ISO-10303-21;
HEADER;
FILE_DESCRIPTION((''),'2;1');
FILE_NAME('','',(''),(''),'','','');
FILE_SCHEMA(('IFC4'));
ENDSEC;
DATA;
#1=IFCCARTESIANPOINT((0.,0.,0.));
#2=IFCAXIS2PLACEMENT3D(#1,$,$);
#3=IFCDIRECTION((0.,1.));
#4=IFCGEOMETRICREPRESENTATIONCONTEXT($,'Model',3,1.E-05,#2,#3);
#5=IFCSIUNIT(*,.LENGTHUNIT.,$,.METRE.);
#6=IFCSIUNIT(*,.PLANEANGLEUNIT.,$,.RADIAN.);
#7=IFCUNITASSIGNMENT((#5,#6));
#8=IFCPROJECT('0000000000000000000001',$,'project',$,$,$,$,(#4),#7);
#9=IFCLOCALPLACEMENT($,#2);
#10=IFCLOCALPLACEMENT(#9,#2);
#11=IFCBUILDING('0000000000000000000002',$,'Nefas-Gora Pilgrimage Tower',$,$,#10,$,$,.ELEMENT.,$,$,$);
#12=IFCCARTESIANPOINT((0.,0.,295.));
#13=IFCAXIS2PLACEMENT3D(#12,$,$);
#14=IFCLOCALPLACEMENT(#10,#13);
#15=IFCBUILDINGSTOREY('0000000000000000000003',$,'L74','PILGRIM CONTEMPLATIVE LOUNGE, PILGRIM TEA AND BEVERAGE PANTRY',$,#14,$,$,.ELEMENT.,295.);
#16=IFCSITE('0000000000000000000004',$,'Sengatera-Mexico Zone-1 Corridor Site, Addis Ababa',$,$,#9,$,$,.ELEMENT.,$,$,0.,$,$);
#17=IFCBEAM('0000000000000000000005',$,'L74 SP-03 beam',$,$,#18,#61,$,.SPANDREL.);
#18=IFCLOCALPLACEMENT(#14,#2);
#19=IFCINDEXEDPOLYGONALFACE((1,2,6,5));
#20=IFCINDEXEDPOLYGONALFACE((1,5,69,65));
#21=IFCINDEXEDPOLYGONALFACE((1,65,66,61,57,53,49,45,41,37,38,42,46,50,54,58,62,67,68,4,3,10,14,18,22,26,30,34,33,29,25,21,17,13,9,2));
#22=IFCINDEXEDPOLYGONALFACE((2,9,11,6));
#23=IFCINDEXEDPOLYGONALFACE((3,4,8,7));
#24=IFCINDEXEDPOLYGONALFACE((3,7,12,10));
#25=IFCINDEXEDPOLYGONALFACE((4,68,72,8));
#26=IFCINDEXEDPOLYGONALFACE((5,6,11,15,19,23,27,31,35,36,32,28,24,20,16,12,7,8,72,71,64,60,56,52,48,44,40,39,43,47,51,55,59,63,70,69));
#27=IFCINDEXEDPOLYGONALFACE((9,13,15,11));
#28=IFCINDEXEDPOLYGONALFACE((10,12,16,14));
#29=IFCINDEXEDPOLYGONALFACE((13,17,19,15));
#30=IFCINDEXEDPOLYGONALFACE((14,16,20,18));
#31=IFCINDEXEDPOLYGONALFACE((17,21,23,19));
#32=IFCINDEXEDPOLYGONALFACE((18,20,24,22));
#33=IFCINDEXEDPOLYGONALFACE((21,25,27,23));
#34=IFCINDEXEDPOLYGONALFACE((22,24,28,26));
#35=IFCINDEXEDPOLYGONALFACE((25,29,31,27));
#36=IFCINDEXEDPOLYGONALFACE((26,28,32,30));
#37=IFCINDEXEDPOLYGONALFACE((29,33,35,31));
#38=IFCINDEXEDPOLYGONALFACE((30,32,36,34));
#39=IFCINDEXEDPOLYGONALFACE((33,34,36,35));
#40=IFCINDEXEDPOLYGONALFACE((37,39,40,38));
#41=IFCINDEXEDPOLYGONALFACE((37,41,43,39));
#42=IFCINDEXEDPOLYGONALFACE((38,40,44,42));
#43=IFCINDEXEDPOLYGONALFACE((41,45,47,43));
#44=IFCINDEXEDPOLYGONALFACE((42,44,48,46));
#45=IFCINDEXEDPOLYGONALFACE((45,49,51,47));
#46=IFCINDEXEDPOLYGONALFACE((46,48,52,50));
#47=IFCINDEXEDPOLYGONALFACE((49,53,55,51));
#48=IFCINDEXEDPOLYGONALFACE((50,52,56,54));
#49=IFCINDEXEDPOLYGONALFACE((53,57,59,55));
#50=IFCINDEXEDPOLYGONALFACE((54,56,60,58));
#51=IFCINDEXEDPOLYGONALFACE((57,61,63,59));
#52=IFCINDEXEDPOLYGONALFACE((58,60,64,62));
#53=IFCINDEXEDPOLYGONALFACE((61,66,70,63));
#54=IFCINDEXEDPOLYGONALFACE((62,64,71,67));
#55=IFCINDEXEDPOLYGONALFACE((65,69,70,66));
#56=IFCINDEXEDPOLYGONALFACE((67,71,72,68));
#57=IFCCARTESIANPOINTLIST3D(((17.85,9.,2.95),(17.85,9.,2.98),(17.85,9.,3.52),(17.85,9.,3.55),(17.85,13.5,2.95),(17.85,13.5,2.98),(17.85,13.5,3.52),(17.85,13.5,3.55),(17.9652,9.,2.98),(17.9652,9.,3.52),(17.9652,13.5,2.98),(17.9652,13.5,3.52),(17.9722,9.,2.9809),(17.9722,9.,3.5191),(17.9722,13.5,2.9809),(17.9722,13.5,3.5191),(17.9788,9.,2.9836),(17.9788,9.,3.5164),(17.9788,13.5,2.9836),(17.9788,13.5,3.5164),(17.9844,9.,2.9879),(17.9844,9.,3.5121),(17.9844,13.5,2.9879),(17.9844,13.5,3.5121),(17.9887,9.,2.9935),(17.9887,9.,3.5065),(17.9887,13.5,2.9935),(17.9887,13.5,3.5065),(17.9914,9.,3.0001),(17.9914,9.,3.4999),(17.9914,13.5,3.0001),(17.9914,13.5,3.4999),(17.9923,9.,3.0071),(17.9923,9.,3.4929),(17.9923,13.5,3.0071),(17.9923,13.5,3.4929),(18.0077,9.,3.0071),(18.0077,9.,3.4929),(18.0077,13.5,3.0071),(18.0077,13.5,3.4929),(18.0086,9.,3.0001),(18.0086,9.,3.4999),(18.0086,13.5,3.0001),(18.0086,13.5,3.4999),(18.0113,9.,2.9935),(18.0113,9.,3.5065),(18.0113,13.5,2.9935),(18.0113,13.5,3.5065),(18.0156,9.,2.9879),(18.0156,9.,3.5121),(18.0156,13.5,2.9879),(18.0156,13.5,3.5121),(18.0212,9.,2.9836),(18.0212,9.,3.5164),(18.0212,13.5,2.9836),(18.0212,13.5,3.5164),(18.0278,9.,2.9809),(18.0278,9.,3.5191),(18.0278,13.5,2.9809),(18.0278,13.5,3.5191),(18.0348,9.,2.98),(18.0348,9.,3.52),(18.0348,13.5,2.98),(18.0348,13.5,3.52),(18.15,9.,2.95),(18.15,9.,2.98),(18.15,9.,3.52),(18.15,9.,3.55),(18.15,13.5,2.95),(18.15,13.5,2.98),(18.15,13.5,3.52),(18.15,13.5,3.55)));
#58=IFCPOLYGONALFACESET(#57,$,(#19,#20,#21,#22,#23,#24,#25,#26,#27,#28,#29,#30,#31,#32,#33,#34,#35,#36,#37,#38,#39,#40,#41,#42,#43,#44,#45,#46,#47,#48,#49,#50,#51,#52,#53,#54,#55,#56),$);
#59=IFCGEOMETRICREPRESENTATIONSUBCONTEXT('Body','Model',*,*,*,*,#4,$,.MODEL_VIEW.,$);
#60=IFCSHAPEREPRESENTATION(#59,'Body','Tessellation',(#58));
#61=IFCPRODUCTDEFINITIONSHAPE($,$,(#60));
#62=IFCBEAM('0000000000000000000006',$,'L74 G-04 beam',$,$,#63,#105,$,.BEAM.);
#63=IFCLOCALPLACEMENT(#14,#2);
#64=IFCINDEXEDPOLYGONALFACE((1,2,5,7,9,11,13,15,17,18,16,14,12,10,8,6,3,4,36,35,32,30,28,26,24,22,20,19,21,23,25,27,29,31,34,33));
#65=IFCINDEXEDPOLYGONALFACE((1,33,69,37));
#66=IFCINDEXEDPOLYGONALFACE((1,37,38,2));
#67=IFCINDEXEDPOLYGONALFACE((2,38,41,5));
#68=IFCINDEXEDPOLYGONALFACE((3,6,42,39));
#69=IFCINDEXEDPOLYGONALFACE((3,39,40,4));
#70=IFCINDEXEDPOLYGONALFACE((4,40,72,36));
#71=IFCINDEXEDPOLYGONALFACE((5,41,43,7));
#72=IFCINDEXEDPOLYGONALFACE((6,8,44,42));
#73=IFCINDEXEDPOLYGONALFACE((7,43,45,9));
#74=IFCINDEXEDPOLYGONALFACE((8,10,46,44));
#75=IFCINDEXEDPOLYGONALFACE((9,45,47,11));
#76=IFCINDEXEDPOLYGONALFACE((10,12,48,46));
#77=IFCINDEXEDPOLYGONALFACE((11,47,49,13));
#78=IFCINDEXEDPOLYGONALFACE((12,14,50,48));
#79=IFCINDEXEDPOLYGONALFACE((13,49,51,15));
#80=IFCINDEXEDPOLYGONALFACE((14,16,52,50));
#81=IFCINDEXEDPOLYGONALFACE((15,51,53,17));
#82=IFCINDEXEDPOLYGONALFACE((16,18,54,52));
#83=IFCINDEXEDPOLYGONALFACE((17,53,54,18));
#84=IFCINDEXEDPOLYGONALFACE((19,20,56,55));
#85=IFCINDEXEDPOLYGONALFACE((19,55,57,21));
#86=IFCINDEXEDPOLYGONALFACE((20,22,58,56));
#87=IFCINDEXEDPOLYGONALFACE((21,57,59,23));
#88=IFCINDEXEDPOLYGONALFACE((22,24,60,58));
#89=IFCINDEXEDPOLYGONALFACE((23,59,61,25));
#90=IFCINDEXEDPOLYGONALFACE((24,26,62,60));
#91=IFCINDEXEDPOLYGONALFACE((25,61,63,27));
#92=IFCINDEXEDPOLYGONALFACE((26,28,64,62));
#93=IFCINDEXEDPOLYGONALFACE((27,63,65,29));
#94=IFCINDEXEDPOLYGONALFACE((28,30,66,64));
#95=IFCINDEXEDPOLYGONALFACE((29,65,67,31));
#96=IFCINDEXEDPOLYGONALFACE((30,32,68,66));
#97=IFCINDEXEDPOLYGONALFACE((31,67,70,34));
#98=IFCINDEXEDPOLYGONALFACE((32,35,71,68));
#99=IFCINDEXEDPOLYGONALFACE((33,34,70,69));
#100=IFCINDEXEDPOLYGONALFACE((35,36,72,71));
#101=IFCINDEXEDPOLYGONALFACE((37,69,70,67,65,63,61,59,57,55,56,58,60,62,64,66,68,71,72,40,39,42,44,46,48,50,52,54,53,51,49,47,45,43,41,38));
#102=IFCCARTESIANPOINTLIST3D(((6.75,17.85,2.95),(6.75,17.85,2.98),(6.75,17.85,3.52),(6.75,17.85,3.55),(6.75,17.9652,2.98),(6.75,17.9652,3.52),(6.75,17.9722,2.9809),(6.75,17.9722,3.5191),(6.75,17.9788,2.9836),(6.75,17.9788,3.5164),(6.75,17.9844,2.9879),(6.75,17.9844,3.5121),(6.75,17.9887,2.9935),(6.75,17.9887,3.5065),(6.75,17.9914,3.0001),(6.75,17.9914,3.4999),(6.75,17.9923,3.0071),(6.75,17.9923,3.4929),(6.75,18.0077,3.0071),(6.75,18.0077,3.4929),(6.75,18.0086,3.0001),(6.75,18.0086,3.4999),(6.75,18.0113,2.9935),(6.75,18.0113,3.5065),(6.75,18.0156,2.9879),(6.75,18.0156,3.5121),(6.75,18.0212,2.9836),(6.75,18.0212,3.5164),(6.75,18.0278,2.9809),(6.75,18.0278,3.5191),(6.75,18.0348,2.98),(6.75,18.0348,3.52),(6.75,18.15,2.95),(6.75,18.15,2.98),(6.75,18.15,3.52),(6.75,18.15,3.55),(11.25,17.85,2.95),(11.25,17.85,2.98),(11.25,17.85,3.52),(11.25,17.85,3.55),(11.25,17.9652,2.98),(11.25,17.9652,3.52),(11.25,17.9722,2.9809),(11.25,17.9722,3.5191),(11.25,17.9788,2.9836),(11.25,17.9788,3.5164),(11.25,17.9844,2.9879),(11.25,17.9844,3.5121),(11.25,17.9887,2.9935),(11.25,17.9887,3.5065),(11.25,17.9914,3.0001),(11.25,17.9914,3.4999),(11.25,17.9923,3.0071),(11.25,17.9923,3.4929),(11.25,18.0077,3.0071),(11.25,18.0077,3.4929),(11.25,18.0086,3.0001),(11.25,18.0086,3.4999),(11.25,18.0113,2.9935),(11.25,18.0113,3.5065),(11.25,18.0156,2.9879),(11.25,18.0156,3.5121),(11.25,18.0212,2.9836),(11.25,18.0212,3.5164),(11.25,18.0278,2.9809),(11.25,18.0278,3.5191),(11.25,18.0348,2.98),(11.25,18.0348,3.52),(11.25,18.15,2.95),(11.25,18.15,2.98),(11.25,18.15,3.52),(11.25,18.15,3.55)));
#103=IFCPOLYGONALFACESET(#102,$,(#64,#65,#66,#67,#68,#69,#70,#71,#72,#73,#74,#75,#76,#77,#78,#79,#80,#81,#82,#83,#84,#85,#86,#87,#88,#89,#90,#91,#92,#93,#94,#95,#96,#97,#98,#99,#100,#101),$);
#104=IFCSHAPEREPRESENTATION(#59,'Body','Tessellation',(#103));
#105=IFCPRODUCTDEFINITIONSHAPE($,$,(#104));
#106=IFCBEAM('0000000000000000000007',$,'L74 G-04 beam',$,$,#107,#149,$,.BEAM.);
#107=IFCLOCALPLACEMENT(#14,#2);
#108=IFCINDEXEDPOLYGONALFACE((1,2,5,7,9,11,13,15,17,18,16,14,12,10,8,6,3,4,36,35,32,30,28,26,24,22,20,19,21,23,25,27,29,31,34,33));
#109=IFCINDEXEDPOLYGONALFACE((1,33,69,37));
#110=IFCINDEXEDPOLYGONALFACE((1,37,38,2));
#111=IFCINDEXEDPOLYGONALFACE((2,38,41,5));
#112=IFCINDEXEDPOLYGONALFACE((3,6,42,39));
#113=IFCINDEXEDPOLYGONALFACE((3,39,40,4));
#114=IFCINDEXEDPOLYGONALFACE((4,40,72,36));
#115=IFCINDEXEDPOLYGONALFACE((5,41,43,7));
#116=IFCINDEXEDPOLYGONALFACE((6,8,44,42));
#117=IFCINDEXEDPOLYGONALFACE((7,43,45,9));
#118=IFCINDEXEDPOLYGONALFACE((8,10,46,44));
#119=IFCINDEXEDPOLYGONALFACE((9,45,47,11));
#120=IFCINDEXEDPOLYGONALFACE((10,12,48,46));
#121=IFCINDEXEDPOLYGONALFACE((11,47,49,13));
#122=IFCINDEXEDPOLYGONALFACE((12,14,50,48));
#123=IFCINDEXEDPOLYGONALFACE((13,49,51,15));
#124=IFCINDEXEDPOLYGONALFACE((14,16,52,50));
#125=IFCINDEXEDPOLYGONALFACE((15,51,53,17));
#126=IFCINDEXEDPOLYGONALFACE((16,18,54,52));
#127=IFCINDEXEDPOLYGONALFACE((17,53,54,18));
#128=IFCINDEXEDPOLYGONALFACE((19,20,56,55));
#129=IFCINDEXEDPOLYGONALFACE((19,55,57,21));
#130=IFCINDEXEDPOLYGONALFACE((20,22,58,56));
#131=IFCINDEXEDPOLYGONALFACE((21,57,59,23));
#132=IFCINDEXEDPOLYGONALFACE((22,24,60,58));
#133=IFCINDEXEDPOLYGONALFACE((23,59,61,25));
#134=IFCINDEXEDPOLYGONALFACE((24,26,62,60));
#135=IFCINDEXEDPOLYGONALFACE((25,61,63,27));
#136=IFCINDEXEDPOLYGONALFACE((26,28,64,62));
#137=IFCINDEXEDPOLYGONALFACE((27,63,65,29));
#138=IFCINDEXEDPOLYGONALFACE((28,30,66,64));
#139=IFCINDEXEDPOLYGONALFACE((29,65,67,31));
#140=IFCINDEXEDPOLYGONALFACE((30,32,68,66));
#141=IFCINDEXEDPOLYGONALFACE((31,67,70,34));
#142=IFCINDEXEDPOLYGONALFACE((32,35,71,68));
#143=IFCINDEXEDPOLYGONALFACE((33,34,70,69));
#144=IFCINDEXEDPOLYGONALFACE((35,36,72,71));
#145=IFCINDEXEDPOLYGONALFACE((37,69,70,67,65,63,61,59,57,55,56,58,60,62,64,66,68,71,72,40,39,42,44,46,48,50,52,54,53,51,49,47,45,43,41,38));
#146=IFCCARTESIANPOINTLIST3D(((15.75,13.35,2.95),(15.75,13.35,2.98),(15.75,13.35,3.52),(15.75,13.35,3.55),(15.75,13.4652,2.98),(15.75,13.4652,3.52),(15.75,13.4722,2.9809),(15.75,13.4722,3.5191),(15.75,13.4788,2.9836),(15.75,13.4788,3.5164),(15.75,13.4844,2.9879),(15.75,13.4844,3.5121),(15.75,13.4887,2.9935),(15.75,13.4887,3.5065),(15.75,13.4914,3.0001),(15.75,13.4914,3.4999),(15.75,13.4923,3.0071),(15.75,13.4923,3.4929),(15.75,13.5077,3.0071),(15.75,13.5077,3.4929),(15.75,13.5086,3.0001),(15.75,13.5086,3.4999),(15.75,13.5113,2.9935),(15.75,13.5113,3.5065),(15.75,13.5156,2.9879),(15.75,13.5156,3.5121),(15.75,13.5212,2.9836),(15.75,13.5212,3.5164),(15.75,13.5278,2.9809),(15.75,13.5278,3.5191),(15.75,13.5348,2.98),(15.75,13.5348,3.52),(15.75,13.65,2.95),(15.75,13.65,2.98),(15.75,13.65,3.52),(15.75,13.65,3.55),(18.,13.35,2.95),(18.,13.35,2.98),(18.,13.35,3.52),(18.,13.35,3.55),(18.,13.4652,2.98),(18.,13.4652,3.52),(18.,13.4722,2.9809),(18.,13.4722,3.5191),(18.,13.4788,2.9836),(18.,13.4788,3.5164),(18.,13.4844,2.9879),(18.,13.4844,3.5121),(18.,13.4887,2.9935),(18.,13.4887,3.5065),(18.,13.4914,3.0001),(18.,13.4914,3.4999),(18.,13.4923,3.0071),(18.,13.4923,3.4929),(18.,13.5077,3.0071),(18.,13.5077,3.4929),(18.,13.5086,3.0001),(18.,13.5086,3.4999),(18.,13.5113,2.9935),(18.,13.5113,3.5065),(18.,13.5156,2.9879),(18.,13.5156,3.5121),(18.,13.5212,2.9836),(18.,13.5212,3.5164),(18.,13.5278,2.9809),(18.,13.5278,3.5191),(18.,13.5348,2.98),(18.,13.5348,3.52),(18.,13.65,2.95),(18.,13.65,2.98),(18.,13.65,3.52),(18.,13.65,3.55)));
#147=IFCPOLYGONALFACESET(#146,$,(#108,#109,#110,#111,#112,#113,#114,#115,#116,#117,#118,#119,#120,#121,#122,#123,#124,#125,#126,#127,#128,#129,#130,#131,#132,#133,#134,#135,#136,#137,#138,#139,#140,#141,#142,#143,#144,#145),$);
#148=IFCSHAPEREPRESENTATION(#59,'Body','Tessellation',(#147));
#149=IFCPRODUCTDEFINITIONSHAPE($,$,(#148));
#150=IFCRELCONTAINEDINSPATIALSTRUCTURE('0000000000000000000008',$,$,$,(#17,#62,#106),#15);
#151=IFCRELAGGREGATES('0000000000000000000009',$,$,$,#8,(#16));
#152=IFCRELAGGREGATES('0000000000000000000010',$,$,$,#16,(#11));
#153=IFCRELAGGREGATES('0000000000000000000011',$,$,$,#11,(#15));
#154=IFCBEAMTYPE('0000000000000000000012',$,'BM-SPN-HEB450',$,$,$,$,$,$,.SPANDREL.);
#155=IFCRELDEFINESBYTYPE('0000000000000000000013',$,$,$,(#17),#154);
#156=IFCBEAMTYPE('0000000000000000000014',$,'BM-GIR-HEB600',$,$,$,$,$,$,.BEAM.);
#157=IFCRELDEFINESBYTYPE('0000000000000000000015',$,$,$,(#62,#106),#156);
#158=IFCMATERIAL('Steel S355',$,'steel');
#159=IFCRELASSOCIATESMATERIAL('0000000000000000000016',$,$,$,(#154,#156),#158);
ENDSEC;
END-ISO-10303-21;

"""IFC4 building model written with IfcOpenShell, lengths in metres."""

from ifc_helpers import new_model, si_unit, direction, frame, origin, origin_2d, place, context, subcontext, project, spatial, i_section, extrude, source, transform, mapped, material, material_profile, profile_set, type_object, element, save


model = new_model("IFC4")

# Units and contexts
model_context = context("Model", 3, precision=1e-05, world=origin(), true_north=direction((0.0, 1.0)))
body_context = subcontext(model_context, "Body", "Model", "MODEL_VIEW")
ifc_project = project(units=[si_unit("LENGTHUNIT", "METRE"), si_unit("PLANEANGLEUNIT", "RADIAN")], contexts=[model_context])

# Site, building, storey
site_placement = place(None, origin())
site = spatial("IfcSite", under=ifc_project, at=site_placement, Name="Sengatera-Mexico Zone-1 Corridor Site, Addis Ababa", CompositionType="ELEMENT", RefElevation=0.0)
building_placement = place(site_placement, origin())
building = spatial("IfcBuilding", under=site, at=building_placement, Name="Nefas-Gora Pilgrimage Tower", CompositionType="ELEMENT")
storey_placement = place(building_placement, frame((0.0, 0.0, 295.0)))
storey = spatial("IfcBuildingStorey", under=building, at=storey_placement, Name="L74", Description="PILGRIM CONTEMPLATIVE LOUNGE, PILGRIM TEA AND BEVERAGE PANTRY", CompositionType="ELEMENT", Elevation=295.0)

# Shared definitions
ifc_material_1 = material(Name="Steel S355", Category="steel")

# Beams
ifc_material_profile_1 = material_profile(ifc_material_1, i_section(OverallWidth=0.3, OverallDepth=0.6001, WebThickness=0.0154, FlangeThickness=0.03, FilletRadius=0.0271, at=origin_2d()), Name="HEB 600")
ifc_profile_set_1 = profile_set([ifc_material_profile_1], Name="Steel S355")
beam_type_1 = type_object("IfcBeamType", Name="BM-SPN-HEB450", PredefinedType="SPANDREL", material=ifc_profile_set_1)
shared_shape_1 = source(origin(), body_context, "Body", "SweptSolid", [
    extrude(i_section(OverallWidth=0.3, OverallDepth=0.6001, WebThickness=0.0154, FlangeThickness=0.03, FilletRadius=0.0271, at=origin_2d()), origin(), (0.0, 0.0, 1.0), 4.5),
])
beam_1_placement = place(storey_placement, frame((18.0, 9.0, 3.25), z_axis=(0.0, 1.0, 0.0), x_axis=(-1.0, 0.0, 0.0)))
element("IfcBeam", 1, at=beam_1_placement, inside=storey, type_object=beam_type_1, Name="L74 SP-03 beam", PredefinedType="SPANDREL", context=body_context, shape_type="MappedRepresentation", body=[
    mapped(shared_shape_1, transform((0.0, 0.0, 0.0), x_axis=(1.0, 0.0, 0.0), y_axis=(0.0, 1.0, 0.0), z_axis=(0.0, 0.0, 1.0), scale=1.0)),
])
ifc_material_profile_2 = material_profile(ifc_material_1, i_section(OverallWidth=0.3, OverallDepth=0.6001, WebThickness=0.0154, FlangeThickness=0.03, FilletRadius=0.0271, at=origin_2d()), Name="HEB 600")
ifc_profile_set_2 = profile_set([ifc_material_profile_2], Name="Steel S355")
beam_type_2 = type_object("IfcBeamType", Name="BM-GIR-HEB600", PredefinedType="BEAM", material=ifc_profile_set_2)
shared_shape_2 = source(origin(), body_context, "Body", "SweptSolid", [
    extrude(i_section(OverallWidth=0.3, OverallDepth=0.6001, WebThickness=0.0154, FlangeThickness=0.03, FilletRadius=0.0271, at=origin_2d()), origin(), (0.0, 0.0, 1.0), 4.5),
])
beam_2_placement = place(storey_placement, frame((6.75, 18.0, 3.25), z_axis=(1.0, 0.0, 0.0), x_axis=(0.0, 1.0, 0.0)))
element("IfcBeam", 2, at=beam_2_placement, inside=storey, type_object=beam_type_2, Name="L74 G-04 beam", PredefinedType="BEAM", context=body_context, shape_type="MappedRepresentation", body=[
    mapped(shared_shape_2, transform((0.0, 0.0, 0.0), x_axis=(1.0, 0.0, 0.0), y_axis=(0.0, 1.0, 0.0), z_axis=(0.0, 0.0, 1.0), scale=1.0)),
])
shared_shape_3 = source(origin(), body_context, "Body", "SweptSolid", [
    extrude(i_section(OverallWidth=0.3, OverallDepth=0.6001, WebThickness=0.0154, FlangeThickness=0.03, FilletRadius=0.0271, at=origin_2d()), origin(), (0.0, 0.0, 1.0), 2.25),
])
beam_3_placement = place(storey_placement, frame((15.75, 13.5, 3.25), z_axis=(1.0, 0.0, 0.0), x_axis=(0.0, 1.0, 0.0)))
element("IfcBeam", 3, at=beam_3_placement, inside=storey, type_object=beam_type_2, Name="L74 G-04 beam", PredefinedType="BEAM", context=body_context, shape_type="MappedRepresentation", body=[
    mapped(shared_shape_3, transform((0.0, 0.0, 0.0), x_axis=(1.0, 0.0, 0.0), y_axis=(0.0, 1.0, 0.0), z_axis=(0.0, 0.0, 1.0), scale=1.0)),
])

save(model, "model.ifc")
